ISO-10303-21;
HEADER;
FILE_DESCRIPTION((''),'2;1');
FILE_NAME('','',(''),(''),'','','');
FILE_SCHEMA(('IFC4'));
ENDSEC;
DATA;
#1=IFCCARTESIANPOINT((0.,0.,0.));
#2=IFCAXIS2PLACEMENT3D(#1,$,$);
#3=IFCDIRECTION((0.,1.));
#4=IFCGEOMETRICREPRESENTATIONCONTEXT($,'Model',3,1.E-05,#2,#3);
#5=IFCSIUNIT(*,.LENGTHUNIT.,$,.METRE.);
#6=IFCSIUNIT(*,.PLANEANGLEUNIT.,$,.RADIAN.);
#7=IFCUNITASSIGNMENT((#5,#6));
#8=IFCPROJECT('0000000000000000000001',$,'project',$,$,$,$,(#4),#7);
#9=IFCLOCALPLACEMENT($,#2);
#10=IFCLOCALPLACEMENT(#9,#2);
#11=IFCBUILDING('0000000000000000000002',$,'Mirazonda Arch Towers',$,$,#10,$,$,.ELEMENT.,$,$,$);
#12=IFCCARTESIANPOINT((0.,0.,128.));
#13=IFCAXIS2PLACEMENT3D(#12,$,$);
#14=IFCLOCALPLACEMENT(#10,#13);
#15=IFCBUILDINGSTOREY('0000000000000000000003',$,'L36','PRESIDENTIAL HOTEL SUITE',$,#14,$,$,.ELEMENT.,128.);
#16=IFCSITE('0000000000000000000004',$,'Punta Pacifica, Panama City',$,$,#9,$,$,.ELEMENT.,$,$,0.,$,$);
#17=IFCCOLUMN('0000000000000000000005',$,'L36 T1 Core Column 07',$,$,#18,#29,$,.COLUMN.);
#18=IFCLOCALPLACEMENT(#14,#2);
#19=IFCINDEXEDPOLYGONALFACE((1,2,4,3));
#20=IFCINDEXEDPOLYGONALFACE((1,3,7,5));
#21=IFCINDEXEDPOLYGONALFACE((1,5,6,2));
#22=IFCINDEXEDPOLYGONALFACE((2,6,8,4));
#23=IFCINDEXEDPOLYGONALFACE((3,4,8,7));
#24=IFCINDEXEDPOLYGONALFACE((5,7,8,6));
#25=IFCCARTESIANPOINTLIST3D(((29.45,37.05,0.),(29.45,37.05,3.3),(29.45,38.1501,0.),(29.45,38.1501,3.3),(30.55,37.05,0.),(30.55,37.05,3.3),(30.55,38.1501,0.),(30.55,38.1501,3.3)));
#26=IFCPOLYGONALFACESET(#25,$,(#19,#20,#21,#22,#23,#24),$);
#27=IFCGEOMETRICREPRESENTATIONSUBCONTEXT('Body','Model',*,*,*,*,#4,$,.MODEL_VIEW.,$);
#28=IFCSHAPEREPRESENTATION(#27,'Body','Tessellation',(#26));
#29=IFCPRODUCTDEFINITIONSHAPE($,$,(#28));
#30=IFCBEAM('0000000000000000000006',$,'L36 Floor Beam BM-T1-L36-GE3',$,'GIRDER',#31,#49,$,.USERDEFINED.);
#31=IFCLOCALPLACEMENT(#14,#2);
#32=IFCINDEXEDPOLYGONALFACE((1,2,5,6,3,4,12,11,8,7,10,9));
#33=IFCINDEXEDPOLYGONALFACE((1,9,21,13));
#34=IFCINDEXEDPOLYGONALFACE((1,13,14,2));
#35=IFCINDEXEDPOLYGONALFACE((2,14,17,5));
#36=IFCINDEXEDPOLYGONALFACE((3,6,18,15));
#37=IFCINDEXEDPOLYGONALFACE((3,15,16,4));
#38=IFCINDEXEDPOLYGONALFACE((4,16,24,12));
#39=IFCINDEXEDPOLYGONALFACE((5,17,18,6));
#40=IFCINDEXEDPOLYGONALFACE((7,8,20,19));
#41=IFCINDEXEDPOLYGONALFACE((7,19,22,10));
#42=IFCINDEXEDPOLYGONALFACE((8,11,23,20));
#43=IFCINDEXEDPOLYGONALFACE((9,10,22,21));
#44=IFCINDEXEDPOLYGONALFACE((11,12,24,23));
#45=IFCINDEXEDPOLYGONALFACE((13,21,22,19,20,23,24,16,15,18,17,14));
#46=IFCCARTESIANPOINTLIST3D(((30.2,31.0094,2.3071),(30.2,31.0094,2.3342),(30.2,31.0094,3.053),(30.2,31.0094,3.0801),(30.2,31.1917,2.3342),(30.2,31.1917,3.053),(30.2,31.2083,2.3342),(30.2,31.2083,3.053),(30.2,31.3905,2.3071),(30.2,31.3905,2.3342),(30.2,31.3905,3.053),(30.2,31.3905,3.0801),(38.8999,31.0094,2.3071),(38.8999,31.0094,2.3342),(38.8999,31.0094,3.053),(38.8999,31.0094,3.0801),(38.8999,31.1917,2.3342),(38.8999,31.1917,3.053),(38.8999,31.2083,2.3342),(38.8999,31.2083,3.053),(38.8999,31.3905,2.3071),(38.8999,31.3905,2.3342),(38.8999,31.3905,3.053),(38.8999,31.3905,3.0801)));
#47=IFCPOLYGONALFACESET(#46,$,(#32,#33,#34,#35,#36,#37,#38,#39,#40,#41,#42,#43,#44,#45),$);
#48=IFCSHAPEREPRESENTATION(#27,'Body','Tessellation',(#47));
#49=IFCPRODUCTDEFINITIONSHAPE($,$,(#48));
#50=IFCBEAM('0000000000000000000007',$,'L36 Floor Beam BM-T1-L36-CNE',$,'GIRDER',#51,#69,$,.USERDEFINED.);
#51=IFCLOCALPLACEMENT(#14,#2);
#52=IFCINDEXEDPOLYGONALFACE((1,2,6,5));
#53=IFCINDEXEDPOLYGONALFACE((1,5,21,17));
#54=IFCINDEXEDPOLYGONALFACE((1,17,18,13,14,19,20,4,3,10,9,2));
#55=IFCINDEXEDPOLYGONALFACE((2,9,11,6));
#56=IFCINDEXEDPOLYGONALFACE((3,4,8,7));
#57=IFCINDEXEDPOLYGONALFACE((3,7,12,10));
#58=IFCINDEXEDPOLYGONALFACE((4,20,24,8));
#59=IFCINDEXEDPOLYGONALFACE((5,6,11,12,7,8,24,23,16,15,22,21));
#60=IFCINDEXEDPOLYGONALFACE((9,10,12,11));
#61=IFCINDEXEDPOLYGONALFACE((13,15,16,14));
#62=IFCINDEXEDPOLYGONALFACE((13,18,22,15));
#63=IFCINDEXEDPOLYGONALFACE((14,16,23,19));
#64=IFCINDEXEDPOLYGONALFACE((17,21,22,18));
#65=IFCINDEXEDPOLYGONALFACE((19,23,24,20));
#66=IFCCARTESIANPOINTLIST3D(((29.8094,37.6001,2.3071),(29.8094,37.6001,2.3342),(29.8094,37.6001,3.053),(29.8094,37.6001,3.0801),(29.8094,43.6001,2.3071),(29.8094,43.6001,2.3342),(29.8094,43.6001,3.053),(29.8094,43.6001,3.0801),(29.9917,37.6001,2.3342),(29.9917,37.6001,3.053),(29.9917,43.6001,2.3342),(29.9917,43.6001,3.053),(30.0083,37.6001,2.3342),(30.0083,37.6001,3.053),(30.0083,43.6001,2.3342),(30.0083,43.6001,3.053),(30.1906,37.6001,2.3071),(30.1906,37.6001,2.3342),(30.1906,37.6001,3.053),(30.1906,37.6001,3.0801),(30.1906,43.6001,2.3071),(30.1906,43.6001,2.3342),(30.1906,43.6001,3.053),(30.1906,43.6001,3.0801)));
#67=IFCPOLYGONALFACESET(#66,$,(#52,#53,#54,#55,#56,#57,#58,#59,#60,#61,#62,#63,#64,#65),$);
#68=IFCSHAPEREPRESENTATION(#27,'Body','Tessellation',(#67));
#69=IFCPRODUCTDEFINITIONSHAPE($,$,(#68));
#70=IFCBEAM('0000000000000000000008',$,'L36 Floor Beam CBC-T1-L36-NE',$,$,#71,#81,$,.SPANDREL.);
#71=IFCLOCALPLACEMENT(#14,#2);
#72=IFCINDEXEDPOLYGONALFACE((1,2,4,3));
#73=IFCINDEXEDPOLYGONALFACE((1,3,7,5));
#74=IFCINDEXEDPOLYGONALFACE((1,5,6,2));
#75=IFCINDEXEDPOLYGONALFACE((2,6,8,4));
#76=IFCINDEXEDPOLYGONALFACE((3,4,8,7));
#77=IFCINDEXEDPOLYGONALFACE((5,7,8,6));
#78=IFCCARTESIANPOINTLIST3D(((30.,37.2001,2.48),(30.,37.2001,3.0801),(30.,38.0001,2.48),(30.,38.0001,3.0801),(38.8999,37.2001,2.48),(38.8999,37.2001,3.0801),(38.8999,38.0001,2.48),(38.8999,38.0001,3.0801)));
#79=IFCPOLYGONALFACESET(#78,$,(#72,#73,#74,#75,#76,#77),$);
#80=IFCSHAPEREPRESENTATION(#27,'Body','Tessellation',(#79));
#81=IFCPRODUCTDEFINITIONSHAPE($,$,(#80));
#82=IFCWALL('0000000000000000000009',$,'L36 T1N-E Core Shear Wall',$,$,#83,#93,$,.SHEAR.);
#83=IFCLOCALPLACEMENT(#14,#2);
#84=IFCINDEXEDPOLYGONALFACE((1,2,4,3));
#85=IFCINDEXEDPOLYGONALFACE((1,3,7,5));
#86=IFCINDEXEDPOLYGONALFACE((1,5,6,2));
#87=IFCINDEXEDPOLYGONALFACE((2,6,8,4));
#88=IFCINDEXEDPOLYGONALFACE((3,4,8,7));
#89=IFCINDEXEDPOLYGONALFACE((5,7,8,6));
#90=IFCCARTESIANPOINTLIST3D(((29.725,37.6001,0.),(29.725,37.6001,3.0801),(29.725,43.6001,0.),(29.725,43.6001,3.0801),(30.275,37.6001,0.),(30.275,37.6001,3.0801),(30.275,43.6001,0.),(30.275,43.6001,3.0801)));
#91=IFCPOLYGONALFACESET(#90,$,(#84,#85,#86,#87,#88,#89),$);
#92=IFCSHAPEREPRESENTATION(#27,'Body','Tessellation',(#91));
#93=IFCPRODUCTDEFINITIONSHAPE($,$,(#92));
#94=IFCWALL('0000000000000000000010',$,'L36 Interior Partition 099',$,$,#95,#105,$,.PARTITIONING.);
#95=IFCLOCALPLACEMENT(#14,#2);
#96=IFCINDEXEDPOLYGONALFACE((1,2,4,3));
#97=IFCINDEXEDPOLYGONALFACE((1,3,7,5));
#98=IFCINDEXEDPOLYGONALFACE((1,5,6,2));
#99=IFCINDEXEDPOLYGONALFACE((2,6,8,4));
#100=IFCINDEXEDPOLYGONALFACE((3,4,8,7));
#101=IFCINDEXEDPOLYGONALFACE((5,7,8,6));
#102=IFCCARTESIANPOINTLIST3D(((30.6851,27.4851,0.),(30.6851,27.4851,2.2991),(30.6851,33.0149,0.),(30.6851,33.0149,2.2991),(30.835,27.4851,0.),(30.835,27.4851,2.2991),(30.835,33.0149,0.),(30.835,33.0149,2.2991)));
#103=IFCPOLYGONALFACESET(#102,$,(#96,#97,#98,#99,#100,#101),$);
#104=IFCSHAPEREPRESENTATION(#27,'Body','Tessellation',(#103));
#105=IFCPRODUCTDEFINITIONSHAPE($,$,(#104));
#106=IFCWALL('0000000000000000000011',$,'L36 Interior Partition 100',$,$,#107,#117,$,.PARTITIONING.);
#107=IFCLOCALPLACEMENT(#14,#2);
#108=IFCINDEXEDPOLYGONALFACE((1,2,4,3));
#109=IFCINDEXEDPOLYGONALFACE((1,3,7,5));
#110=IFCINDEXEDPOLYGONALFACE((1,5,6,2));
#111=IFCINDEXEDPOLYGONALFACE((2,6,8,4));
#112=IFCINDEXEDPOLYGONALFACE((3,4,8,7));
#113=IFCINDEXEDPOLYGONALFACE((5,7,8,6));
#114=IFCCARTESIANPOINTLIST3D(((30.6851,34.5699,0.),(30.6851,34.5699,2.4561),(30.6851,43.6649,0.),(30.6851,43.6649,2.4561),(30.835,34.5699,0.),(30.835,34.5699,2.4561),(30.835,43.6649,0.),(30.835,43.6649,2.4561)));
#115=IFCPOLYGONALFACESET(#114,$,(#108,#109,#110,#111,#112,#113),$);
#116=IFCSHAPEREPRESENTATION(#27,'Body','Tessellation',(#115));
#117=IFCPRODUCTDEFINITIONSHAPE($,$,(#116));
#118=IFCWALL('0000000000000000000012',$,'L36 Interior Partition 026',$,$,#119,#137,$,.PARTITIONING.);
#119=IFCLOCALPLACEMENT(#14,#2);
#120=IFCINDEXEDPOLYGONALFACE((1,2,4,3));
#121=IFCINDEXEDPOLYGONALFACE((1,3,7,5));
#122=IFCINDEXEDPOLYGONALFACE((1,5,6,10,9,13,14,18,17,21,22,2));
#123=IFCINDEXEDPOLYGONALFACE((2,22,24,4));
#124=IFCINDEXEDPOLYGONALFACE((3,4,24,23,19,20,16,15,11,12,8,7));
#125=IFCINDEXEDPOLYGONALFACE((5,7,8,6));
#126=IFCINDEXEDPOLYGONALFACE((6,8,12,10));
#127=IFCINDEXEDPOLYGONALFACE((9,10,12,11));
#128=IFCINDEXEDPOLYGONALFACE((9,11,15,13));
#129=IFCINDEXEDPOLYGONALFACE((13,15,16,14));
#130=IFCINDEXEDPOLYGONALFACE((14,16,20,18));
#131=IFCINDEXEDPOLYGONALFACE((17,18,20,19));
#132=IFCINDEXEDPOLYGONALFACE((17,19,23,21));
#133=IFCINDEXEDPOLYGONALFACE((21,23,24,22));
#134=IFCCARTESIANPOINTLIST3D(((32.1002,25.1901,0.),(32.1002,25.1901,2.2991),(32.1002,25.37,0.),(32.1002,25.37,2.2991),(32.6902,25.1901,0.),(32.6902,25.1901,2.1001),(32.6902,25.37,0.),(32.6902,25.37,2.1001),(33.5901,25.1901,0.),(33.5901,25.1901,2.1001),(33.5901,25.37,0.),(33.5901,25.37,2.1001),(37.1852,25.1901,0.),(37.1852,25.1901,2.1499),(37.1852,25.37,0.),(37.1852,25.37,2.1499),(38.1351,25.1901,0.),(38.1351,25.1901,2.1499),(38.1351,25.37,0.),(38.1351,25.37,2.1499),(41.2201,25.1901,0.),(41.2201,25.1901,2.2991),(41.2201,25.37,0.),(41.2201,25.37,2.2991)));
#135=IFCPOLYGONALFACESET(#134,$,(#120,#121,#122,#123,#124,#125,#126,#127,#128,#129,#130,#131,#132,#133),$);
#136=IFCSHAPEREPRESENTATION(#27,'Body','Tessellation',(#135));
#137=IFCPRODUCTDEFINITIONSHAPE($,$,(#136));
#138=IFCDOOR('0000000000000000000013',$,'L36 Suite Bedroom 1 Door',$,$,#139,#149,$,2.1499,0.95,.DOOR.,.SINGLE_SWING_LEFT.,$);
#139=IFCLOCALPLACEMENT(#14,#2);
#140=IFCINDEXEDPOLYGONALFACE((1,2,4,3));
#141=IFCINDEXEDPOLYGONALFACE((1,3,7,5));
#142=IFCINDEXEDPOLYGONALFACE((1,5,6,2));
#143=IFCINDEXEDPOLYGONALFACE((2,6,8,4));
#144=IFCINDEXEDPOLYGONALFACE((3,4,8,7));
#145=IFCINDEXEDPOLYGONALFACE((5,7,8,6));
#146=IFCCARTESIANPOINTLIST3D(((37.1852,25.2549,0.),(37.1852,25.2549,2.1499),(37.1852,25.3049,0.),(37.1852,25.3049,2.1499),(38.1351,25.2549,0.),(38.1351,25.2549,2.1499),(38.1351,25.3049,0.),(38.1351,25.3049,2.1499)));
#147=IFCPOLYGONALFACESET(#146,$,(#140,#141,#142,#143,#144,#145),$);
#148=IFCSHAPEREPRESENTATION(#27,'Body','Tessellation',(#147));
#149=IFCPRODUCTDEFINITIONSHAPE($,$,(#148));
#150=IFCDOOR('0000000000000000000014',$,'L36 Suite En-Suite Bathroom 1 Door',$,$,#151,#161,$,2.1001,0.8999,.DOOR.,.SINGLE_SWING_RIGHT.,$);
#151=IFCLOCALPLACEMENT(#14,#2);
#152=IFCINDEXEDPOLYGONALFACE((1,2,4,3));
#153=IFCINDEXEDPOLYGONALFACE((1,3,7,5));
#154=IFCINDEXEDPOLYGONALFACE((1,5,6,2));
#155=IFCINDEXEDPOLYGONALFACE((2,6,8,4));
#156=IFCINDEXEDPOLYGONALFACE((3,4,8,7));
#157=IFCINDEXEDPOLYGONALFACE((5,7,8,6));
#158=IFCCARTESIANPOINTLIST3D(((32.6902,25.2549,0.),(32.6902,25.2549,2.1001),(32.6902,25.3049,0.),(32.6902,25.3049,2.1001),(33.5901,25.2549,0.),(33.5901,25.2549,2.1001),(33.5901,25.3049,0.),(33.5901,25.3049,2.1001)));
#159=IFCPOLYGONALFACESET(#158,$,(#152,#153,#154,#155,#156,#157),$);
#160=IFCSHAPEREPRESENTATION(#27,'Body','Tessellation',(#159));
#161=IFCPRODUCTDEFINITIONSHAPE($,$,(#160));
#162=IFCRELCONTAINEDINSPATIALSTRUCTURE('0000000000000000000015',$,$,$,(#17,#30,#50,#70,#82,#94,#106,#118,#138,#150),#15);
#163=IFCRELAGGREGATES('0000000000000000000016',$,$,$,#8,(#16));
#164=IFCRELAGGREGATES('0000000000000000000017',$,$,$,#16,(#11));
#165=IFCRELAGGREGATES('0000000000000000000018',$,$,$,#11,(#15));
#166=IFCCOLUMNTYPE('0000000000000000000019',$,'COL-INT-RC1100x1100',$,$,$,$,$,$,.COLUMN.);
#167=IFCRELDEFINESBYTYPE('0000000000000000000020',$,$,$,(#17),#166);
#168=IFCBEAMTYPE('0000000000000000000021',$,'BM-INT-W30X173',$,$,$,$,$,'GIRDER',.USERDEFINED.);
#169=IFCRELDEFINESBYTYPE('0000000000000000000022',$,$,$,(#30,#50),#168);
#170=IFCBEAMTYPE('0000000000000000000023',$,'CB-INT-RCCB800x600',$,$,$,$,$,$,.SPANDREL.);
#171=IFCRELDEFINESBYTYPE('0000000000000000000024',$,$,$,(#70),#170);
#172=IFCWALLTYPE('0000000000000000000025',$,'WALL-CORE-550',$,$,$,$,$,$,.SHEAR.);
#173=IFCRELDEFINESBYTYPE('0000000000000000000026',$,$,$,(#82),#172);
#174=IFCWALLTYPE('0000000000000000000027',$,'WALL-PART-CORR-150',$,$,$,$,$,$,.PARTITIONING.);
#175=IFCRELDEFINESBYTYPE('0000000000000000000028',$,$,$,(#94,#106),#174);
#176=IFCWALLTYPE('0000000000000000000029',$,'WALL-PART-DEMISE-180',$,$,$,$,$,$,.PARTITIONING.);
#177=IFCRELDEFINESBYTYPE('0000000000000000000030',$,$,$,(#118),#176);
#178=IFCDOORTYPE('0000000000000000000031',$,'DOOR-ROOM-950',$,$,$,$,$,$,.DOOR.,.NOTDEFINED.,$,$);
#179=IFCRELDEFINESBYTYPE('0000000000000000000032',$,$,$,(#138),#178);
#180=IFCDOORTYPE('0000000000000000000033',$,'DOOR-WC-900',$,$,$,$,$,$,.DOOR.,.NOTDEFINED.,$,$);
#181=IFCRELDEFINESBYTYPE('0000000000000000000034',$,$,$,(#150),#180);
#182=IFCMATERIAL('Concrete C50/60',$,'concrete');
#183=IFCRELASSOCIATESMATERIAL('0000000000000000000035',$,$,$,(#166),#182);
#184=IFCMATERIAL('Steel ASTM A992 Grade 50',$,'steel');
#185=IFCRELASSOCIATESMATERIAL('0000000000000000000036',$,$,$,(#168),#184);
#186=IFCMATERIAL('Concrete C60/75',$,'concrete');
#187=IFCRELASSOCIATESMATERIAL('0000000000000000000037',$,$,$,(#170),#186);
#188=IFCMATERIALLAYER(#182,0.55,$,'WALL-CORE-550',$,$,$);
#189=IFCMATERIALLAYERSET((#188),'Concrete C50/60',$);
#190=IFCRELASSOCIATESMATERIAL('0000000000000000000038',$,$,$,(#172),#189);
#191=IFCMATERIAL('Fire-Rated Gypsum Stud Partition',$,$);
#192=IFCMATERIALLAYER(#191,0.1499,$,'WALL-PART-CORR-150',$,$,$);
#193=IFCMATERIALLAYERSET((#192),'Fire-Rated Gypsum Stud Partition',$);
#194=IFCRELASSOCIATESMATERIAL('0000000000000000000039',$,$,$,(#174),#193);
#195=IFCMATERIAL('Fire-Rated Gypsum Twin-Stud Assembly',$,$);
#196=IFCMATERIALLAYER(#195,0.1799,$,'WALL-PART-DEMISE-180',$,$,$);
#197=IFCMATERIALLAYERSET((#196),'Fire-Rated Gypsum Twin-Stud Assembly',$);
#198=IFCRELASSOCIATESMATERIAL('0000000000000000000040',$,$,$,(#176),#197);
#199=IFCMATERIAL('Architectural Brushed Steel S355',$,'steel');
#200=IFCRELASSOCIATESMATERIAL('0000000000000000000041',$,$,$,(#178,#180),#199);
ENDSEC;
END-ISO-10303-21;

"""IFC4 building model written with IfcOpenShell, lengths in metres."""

from ifc_helpers import new_model, si_unit, direction, frame, frame_2d, origin, origin_2d, place, context, subcontext, project, spatial, rectangle, i_section, extrude, material, layer, layer_set, material_profile, profile_set, type_object, element, fill, save


model = new_model("IFC4")

# Units and contexts
model_context = context("Model", 3, precision=1e-05, world=origin(), true_north=direction((0.0, 1.0)))
body_context = subcontext(model_context, "Body", "Model", "MODEL_VIEW")
ifc_project = project(units=[si_unit("LENGTHUNIT", "METRE"), si_unit("PLANEANGLEUNIT", "RADIAN")], contexts=[model_context])

# Site, building, storey
site_placement = place(None, origin())
site = spatial("IfcSite", under=ifc_project, at=site_placement, Name="Punta Pacifica, Panama City", CompositionType="ELEMENT", RefElevation=0.0)
building_placement = place(site_placement, origin())
building = spatial("IfcBuilding", under=site, at=building_placement, Name="Mirazonda Arch Towers", CompositionType="ELEMENT")
storey_placement = place(building_placement, frame((0.0, 0.0, 128.0)))
storey = spatial("IfcBuildingStorey", under=building, at=storey_placement, Name="L36", Description="PRESIDENTIAL HOTEL SUITE", CompositionType="ELEMENT", Elevation=128.0)

# Column
ifc_material_1 = material(Name="Concrete C50/60", Category="concrete")
ifc_material_profile_1 = material_profile(ifc_material_1, rectangle(XDim=1.1001, YDim=1.1001, at=origin_2d()), Name="RC1100x1100")
ifc_profile_set_1 = profile_set([ifc_material_profile_1], Name="Concrete C50/60")
column_type = type_object("IfcColumnType", Name="COL-INT-RC1100x1100", PredefinedType="COLUMN", material=ifc_profile_set_1)
column_placement = place(storey_placement, frame((30.0, 37.6001, 0.0), z_axis=(0.0, 0.0, 1.0), x_axis=(1.0, 0.0, 0.0)))
element("IfcColumn", 1, at=column_placement, inside=storey, type_object=column_type, Name="L36 T1 Core Column 07", PredefinedType="COLUMN", context=body_context, shape_type="SweptSolid", body=[
    extrude(rectangle(XDim=1.1001, YDim=1.1001, at=origin_2d()), origin(), (0.0, 0.0, 1.0), 3.3),
])

# Beams
ifc_material_2 = material(Name="Steel ASTM A992 Grade 50", Category="steel")
ifc_material_profile_2 = material_profile(ifc_material_2, i_section(OverallWidth=0.3811, OverallDepth=0.7729, WebThickness=0.0166, FlangeThickness=0.0271, at=origin_2d()), Name="W30X173")
ifc_profile_set_2 = profile_set([ifc_material_profile_2], Name="Steel ASTM A992 Grade 50")
beam_type_1 = type_object("IfcBeamType", Name="BM-INT-W30X173", ElementType="GIRDER", PredefinedType="USERDEFINED", material=ifc_profile_set_2)
beam_1_placement = place(storey_placement, frame((30.2, 31.2, 2.6936), z_axis=(1.0, 0.0, 0.0), x_axis=(0.0, 1.0, 0.0)))
element("IfcBeam", 2, at=beam_1_placement, inside=storey, type_object=beam_type_1, Name="L36 Floor Beam BM-T1-L36-GE3", ObjectType="GIRDER", PredefinedType="USERDEFINED", context=body_context, shape_type="SweptSolid", body=[
    extrude(i_section(OverallWidth=0.3811, OverallDepth=0.7729, WebThickness=0.0166, FlangeThickness=0.0271, at=origin_2d()), origin(), (0.0, 0.0, 1.0), 8.7),
])
beam_2_placement = place(storey_placement, frame((30.0, 37.6001, 2.6936), z_axis=(0.0, 1.0, 0.0), x_axis=(-1.0, 0.0, 0.0)))
element("IfcBeam", 3, at=beam_2_placement, inside=storey, type_object=beam_type_1, Name="L36 Floor Beam BM-T1-L36-CNE", ObjectType="GIRDER", PredefinedType="USERDEFINED", context=body_context, shape_type="SweptSolid", body=[
    extrude(i_section(OverallWidth=0.3811, OverallDepth=0.7729, WebThickness=0.0166, FlangeThickness=0.0271, at=origin_2d()), origin(), (0.0, 0.0, 1.0), 6.0),
])
ifc_material_3 = material(Name="Concrete C60/75", Category="concrete")
ifc_material_profile_3 = material_profile(ifc_material_3, rectangle(XDim=0.8, YDim=0.6001, at=origin_2d()), Name="RCCB800x600")
ifc_profile_set_3 = profile_set([ifc_material_profile_3], Name="Concrete C60/75")
beam_type_2 = type_object("IfcBeamType", Name="CB-INT-RCCB800x600", PredefinedType="SPANDREL", material=ifc_profile_set_3)
beam_3_placement = place(storey_placement, frame((30.0, 37.6001, 2.78), z_axis=(1.0, 0.0, 0.0), x_axis=(0.0, 1.0, 0.0)))
element("IfcBeam", 4, at=beam_3_placement, inside=storey, type_object=beam_type_2, Name="L36 Floor Beam CBC-T1-L36-NE", PredefinedType="SPANDREL", context=body_context, shape_type="SweptSolid", body=[
    extrude(rectangle(XDim=0.8, YDim=0.6001, at=origin_2d()), origin(), (0.0, 0.0, 1.0), 8.8999),
])

# Walls
ifc_layer_1 = layer(ifc_material_1, 0.55, Name="WALL-CORE-550")
ifc_layer_set_1 = layer_set([ifc_layer_1], Name="Concrete C50/60")
wall_type_1 = type_object("IfcWallType", Name="WALL-CORE-550", PredefinedType="SHEAR", material=ifc_layer_set_1)
wall_1_placement = place(storey_placement, frame((30.0, 37.6001, 0.0), z_axis=(0.0, 0.0, 1.0), x_axis=(0.0, 1.0, 0.0)))
element("IfcWall", 5, at=wall_1_placement, inside=storey, type_object=wall_type_1, Name="L36 T1N-E Core Shear Wall", PredefinedType="SHEAR", context=body_context, shape_type="SweptSolid", body=[
    extrude(rectangle(XDim=6.0, YDim=0.55, at=frame_2d((3.0, 0.0))), origin(), (0.0, 0.0, 1.0), 3.0801),
])
ifc_material_4 = material(Name="Fire-Rated Gypsum Stud Partition")
ifc_layer_2 = layer(ifc_material_4, 0.1499, Name="WALL-PART-CORR-150")
ifc_layer_set_2 = layer_set([ifc_layer_2], Name="Fire-Rated Gypsum Stud Partition")
wall_type_2 = type_object("IfcWallType", Name="WALL-PART-CORR-150", PredefinedType="PARTITIONING", material=ifc_layer_set_2)
wall_2_placement = place(storey_placement, frame((30.76, 27.4851, 0.0), z_axis=(0.0, 0.0, 1.0), x_axis=(0.0, 1.0, 0.0)))
element("IfcWall", 6, at=wall_2_placement, inside=storey, type_object=wall_type_2, Name="L36 Interior Partition 099", PredefinedType="PARTITIONING", context=body_context, shape_type="SweptSolid", body=[
    extrude(rectangle(XDim=5.5298, YDim=0.1499, at=frame_2d((2.7649, 0.0))), origin(), (0.0, 0.0, 1.0), 2.2991),
])
wall_3_placement = place(storey_placement, frame((30.76, 34.5701, 0.0), z_axis=(0.0, 0.0, 1.0), x_axis=(0.0, 1.0, 0.0)))
element("IfcWall", 7, at=wall_3_placement, inside=storey, type_object=wall_type_2, Name="L36 Interior Partition 100", PredefinedType="PARTITIONING", context=body_context, shape_type="SweptSolid", body=[
    extrude(rectangle(XDim=9.095, YDim=0.1499, at=frame_2d((4.5474, 0.0))), origin(), (0.0, 0.0, 1.0), 2.4561),
])

# Wall, openings, doors
ifc_material_5 = material(Name="Fire-Rated Gypsum Twin-Stud Assembly")
ifc_layer_3 = layer(ifc_material_5, 0.1799, Name="WALL-PART-DEMISE-180")
ifc_layer_set_3 = layer_set([ifc_layer_3], Name="Fire-Rated Gypsum Twin-Stud Assembly")
wall_type_3 = type_object("IfcWallType", Name="WALL-PART-DEMISE-180", PredefinedType="PARTITIONING", material=ifc_layer_set_3)
wall_4_placement = place(storey_placement, frame((32.1001, 25.28, 0.0), z_axis=(0.0, 0.0, 1.0), x_axis=(1.0, 0.0, 0.0)))
wall_4 = element("IfcWall", 8, at=wall_4_placement, inside=storey, type_object=wall_type_3, Name="L36 Interior Partition 026", PredefinedType="PARTITIONING", context=body_context, shape_type="SweptSolid", body=[
    extrude(rectangle(XDim=9.1199, YDim=0.1799, at=frame_2d((4.5601, 0.0))), origin(), (0.0, 0.0, 1.0), 2.2991),
])
opening_1_placement = place(wall_4_placement, frame((5.085, 0.0, 0.0)))
opening_1 = element("IfcOpeningElement", 9, at=opening_1_placement, cuts=wall_4, PredefinedType="OPENING", context=body_context, shape_type="SweptSolid", body=[
    extrude(rectangle(XDim=0.95, YDim=2.1499, at=frame_2d((0.4751, 1.075))), frame((0.0, 0.0999, 0.0), z_axis=(0.0, -1.0, 0.0), x_axis=(1.0, 0.0, 0.0)), (0.0, 0.0, 1.0), 0.2),
])
opening_2_placement = place(wall_4_placement, frame((0.5901, 0.0, 0.0)))
opening_2 = element("IfcOpeningElement", 10, at=opening_2_placement, cuts=wall_4, PredefinedType="OPENING", context=body_context, shape_type="SweptSolid", body=[
    extrude(rectangle(XDim=0.8999, YDim=2.1001, at=frame_2d((0.45, 1.05))), frame((0.0, 0.0999, 0.0), z_axis=(0.0, -1.0, 0.0), x_axis=(1.0, 0.0, 0.0)), (0.0, 0.0, 1.0), 0.2),
])
ifc_material_6 = material(Name="Architectural Brushed Steel S355", Category="steel")
door_type_1 = type_object("IfcDoorType", Name="DOOR-ROOM-950", OperationType="NOTDEFINED", PredefinedType="DOOR", material=ifc_material_6)
door_1_placement = place(opening_1_placement, origin())
door_1 = element("IfcDoor", 11, at=door_1_placement, inside=storey, type_object=door_type_1, Name="L36 Suite Bedroom 1 Door", OperationType="SINGLE_SWING_LEFT", OverallHeight=2.1499, OverallWidth=0.95, PredefinedType="DOOR", context=body_context, shape_type="SweptSolid", body=[
    extrude(rectangle(XDim=0.95, YDim=2.1499, at=frame_2d((0.4751, 1.075))), frame((0.0, 0.0249, 0.0), z_axis=(0.0, -1.0, 0.0), x_axis=(1.0, 0.0, 0.0)), (0.0, 0.0, 1.0), 0.05),
])
fill(opening_1, door_1)
door_type_2 = type_object("IfcDoorType", Name="DOOR-WC-900", OperationType="NOTDEFINED", PredefinedType="DOOR", material=ifc_material_6)
door_2_placement = place(opening_2_placement, origin())
door_2 = element("IfcDoor", 12, at=door_2_placement, inside=storey, type_object=door_type_2, Name="L36 Suite En-Suite Bathroom 1 Door", OperationType="SINGLE_SWING_RIGHT", OverallHeight=2.1001, OverallWidth=0.8999, PredefinedType="DOOR", context=body_context, shape_type="SweptSolid", body=[
    extrude(rectangle(XDim=0.8999, YDim=2.1001, at=frame_2d((0.45, 1.05))), frame((0.0, 0.0249, 0.0), z_axis=(0.0, -1.0, 0.0), x_axis=(1.0, 0.0, 0.0)), (0.0, 0.0, 1.0), 0.05),
])
fill(opening_2, door_2)

save(model, "model.ifc")
